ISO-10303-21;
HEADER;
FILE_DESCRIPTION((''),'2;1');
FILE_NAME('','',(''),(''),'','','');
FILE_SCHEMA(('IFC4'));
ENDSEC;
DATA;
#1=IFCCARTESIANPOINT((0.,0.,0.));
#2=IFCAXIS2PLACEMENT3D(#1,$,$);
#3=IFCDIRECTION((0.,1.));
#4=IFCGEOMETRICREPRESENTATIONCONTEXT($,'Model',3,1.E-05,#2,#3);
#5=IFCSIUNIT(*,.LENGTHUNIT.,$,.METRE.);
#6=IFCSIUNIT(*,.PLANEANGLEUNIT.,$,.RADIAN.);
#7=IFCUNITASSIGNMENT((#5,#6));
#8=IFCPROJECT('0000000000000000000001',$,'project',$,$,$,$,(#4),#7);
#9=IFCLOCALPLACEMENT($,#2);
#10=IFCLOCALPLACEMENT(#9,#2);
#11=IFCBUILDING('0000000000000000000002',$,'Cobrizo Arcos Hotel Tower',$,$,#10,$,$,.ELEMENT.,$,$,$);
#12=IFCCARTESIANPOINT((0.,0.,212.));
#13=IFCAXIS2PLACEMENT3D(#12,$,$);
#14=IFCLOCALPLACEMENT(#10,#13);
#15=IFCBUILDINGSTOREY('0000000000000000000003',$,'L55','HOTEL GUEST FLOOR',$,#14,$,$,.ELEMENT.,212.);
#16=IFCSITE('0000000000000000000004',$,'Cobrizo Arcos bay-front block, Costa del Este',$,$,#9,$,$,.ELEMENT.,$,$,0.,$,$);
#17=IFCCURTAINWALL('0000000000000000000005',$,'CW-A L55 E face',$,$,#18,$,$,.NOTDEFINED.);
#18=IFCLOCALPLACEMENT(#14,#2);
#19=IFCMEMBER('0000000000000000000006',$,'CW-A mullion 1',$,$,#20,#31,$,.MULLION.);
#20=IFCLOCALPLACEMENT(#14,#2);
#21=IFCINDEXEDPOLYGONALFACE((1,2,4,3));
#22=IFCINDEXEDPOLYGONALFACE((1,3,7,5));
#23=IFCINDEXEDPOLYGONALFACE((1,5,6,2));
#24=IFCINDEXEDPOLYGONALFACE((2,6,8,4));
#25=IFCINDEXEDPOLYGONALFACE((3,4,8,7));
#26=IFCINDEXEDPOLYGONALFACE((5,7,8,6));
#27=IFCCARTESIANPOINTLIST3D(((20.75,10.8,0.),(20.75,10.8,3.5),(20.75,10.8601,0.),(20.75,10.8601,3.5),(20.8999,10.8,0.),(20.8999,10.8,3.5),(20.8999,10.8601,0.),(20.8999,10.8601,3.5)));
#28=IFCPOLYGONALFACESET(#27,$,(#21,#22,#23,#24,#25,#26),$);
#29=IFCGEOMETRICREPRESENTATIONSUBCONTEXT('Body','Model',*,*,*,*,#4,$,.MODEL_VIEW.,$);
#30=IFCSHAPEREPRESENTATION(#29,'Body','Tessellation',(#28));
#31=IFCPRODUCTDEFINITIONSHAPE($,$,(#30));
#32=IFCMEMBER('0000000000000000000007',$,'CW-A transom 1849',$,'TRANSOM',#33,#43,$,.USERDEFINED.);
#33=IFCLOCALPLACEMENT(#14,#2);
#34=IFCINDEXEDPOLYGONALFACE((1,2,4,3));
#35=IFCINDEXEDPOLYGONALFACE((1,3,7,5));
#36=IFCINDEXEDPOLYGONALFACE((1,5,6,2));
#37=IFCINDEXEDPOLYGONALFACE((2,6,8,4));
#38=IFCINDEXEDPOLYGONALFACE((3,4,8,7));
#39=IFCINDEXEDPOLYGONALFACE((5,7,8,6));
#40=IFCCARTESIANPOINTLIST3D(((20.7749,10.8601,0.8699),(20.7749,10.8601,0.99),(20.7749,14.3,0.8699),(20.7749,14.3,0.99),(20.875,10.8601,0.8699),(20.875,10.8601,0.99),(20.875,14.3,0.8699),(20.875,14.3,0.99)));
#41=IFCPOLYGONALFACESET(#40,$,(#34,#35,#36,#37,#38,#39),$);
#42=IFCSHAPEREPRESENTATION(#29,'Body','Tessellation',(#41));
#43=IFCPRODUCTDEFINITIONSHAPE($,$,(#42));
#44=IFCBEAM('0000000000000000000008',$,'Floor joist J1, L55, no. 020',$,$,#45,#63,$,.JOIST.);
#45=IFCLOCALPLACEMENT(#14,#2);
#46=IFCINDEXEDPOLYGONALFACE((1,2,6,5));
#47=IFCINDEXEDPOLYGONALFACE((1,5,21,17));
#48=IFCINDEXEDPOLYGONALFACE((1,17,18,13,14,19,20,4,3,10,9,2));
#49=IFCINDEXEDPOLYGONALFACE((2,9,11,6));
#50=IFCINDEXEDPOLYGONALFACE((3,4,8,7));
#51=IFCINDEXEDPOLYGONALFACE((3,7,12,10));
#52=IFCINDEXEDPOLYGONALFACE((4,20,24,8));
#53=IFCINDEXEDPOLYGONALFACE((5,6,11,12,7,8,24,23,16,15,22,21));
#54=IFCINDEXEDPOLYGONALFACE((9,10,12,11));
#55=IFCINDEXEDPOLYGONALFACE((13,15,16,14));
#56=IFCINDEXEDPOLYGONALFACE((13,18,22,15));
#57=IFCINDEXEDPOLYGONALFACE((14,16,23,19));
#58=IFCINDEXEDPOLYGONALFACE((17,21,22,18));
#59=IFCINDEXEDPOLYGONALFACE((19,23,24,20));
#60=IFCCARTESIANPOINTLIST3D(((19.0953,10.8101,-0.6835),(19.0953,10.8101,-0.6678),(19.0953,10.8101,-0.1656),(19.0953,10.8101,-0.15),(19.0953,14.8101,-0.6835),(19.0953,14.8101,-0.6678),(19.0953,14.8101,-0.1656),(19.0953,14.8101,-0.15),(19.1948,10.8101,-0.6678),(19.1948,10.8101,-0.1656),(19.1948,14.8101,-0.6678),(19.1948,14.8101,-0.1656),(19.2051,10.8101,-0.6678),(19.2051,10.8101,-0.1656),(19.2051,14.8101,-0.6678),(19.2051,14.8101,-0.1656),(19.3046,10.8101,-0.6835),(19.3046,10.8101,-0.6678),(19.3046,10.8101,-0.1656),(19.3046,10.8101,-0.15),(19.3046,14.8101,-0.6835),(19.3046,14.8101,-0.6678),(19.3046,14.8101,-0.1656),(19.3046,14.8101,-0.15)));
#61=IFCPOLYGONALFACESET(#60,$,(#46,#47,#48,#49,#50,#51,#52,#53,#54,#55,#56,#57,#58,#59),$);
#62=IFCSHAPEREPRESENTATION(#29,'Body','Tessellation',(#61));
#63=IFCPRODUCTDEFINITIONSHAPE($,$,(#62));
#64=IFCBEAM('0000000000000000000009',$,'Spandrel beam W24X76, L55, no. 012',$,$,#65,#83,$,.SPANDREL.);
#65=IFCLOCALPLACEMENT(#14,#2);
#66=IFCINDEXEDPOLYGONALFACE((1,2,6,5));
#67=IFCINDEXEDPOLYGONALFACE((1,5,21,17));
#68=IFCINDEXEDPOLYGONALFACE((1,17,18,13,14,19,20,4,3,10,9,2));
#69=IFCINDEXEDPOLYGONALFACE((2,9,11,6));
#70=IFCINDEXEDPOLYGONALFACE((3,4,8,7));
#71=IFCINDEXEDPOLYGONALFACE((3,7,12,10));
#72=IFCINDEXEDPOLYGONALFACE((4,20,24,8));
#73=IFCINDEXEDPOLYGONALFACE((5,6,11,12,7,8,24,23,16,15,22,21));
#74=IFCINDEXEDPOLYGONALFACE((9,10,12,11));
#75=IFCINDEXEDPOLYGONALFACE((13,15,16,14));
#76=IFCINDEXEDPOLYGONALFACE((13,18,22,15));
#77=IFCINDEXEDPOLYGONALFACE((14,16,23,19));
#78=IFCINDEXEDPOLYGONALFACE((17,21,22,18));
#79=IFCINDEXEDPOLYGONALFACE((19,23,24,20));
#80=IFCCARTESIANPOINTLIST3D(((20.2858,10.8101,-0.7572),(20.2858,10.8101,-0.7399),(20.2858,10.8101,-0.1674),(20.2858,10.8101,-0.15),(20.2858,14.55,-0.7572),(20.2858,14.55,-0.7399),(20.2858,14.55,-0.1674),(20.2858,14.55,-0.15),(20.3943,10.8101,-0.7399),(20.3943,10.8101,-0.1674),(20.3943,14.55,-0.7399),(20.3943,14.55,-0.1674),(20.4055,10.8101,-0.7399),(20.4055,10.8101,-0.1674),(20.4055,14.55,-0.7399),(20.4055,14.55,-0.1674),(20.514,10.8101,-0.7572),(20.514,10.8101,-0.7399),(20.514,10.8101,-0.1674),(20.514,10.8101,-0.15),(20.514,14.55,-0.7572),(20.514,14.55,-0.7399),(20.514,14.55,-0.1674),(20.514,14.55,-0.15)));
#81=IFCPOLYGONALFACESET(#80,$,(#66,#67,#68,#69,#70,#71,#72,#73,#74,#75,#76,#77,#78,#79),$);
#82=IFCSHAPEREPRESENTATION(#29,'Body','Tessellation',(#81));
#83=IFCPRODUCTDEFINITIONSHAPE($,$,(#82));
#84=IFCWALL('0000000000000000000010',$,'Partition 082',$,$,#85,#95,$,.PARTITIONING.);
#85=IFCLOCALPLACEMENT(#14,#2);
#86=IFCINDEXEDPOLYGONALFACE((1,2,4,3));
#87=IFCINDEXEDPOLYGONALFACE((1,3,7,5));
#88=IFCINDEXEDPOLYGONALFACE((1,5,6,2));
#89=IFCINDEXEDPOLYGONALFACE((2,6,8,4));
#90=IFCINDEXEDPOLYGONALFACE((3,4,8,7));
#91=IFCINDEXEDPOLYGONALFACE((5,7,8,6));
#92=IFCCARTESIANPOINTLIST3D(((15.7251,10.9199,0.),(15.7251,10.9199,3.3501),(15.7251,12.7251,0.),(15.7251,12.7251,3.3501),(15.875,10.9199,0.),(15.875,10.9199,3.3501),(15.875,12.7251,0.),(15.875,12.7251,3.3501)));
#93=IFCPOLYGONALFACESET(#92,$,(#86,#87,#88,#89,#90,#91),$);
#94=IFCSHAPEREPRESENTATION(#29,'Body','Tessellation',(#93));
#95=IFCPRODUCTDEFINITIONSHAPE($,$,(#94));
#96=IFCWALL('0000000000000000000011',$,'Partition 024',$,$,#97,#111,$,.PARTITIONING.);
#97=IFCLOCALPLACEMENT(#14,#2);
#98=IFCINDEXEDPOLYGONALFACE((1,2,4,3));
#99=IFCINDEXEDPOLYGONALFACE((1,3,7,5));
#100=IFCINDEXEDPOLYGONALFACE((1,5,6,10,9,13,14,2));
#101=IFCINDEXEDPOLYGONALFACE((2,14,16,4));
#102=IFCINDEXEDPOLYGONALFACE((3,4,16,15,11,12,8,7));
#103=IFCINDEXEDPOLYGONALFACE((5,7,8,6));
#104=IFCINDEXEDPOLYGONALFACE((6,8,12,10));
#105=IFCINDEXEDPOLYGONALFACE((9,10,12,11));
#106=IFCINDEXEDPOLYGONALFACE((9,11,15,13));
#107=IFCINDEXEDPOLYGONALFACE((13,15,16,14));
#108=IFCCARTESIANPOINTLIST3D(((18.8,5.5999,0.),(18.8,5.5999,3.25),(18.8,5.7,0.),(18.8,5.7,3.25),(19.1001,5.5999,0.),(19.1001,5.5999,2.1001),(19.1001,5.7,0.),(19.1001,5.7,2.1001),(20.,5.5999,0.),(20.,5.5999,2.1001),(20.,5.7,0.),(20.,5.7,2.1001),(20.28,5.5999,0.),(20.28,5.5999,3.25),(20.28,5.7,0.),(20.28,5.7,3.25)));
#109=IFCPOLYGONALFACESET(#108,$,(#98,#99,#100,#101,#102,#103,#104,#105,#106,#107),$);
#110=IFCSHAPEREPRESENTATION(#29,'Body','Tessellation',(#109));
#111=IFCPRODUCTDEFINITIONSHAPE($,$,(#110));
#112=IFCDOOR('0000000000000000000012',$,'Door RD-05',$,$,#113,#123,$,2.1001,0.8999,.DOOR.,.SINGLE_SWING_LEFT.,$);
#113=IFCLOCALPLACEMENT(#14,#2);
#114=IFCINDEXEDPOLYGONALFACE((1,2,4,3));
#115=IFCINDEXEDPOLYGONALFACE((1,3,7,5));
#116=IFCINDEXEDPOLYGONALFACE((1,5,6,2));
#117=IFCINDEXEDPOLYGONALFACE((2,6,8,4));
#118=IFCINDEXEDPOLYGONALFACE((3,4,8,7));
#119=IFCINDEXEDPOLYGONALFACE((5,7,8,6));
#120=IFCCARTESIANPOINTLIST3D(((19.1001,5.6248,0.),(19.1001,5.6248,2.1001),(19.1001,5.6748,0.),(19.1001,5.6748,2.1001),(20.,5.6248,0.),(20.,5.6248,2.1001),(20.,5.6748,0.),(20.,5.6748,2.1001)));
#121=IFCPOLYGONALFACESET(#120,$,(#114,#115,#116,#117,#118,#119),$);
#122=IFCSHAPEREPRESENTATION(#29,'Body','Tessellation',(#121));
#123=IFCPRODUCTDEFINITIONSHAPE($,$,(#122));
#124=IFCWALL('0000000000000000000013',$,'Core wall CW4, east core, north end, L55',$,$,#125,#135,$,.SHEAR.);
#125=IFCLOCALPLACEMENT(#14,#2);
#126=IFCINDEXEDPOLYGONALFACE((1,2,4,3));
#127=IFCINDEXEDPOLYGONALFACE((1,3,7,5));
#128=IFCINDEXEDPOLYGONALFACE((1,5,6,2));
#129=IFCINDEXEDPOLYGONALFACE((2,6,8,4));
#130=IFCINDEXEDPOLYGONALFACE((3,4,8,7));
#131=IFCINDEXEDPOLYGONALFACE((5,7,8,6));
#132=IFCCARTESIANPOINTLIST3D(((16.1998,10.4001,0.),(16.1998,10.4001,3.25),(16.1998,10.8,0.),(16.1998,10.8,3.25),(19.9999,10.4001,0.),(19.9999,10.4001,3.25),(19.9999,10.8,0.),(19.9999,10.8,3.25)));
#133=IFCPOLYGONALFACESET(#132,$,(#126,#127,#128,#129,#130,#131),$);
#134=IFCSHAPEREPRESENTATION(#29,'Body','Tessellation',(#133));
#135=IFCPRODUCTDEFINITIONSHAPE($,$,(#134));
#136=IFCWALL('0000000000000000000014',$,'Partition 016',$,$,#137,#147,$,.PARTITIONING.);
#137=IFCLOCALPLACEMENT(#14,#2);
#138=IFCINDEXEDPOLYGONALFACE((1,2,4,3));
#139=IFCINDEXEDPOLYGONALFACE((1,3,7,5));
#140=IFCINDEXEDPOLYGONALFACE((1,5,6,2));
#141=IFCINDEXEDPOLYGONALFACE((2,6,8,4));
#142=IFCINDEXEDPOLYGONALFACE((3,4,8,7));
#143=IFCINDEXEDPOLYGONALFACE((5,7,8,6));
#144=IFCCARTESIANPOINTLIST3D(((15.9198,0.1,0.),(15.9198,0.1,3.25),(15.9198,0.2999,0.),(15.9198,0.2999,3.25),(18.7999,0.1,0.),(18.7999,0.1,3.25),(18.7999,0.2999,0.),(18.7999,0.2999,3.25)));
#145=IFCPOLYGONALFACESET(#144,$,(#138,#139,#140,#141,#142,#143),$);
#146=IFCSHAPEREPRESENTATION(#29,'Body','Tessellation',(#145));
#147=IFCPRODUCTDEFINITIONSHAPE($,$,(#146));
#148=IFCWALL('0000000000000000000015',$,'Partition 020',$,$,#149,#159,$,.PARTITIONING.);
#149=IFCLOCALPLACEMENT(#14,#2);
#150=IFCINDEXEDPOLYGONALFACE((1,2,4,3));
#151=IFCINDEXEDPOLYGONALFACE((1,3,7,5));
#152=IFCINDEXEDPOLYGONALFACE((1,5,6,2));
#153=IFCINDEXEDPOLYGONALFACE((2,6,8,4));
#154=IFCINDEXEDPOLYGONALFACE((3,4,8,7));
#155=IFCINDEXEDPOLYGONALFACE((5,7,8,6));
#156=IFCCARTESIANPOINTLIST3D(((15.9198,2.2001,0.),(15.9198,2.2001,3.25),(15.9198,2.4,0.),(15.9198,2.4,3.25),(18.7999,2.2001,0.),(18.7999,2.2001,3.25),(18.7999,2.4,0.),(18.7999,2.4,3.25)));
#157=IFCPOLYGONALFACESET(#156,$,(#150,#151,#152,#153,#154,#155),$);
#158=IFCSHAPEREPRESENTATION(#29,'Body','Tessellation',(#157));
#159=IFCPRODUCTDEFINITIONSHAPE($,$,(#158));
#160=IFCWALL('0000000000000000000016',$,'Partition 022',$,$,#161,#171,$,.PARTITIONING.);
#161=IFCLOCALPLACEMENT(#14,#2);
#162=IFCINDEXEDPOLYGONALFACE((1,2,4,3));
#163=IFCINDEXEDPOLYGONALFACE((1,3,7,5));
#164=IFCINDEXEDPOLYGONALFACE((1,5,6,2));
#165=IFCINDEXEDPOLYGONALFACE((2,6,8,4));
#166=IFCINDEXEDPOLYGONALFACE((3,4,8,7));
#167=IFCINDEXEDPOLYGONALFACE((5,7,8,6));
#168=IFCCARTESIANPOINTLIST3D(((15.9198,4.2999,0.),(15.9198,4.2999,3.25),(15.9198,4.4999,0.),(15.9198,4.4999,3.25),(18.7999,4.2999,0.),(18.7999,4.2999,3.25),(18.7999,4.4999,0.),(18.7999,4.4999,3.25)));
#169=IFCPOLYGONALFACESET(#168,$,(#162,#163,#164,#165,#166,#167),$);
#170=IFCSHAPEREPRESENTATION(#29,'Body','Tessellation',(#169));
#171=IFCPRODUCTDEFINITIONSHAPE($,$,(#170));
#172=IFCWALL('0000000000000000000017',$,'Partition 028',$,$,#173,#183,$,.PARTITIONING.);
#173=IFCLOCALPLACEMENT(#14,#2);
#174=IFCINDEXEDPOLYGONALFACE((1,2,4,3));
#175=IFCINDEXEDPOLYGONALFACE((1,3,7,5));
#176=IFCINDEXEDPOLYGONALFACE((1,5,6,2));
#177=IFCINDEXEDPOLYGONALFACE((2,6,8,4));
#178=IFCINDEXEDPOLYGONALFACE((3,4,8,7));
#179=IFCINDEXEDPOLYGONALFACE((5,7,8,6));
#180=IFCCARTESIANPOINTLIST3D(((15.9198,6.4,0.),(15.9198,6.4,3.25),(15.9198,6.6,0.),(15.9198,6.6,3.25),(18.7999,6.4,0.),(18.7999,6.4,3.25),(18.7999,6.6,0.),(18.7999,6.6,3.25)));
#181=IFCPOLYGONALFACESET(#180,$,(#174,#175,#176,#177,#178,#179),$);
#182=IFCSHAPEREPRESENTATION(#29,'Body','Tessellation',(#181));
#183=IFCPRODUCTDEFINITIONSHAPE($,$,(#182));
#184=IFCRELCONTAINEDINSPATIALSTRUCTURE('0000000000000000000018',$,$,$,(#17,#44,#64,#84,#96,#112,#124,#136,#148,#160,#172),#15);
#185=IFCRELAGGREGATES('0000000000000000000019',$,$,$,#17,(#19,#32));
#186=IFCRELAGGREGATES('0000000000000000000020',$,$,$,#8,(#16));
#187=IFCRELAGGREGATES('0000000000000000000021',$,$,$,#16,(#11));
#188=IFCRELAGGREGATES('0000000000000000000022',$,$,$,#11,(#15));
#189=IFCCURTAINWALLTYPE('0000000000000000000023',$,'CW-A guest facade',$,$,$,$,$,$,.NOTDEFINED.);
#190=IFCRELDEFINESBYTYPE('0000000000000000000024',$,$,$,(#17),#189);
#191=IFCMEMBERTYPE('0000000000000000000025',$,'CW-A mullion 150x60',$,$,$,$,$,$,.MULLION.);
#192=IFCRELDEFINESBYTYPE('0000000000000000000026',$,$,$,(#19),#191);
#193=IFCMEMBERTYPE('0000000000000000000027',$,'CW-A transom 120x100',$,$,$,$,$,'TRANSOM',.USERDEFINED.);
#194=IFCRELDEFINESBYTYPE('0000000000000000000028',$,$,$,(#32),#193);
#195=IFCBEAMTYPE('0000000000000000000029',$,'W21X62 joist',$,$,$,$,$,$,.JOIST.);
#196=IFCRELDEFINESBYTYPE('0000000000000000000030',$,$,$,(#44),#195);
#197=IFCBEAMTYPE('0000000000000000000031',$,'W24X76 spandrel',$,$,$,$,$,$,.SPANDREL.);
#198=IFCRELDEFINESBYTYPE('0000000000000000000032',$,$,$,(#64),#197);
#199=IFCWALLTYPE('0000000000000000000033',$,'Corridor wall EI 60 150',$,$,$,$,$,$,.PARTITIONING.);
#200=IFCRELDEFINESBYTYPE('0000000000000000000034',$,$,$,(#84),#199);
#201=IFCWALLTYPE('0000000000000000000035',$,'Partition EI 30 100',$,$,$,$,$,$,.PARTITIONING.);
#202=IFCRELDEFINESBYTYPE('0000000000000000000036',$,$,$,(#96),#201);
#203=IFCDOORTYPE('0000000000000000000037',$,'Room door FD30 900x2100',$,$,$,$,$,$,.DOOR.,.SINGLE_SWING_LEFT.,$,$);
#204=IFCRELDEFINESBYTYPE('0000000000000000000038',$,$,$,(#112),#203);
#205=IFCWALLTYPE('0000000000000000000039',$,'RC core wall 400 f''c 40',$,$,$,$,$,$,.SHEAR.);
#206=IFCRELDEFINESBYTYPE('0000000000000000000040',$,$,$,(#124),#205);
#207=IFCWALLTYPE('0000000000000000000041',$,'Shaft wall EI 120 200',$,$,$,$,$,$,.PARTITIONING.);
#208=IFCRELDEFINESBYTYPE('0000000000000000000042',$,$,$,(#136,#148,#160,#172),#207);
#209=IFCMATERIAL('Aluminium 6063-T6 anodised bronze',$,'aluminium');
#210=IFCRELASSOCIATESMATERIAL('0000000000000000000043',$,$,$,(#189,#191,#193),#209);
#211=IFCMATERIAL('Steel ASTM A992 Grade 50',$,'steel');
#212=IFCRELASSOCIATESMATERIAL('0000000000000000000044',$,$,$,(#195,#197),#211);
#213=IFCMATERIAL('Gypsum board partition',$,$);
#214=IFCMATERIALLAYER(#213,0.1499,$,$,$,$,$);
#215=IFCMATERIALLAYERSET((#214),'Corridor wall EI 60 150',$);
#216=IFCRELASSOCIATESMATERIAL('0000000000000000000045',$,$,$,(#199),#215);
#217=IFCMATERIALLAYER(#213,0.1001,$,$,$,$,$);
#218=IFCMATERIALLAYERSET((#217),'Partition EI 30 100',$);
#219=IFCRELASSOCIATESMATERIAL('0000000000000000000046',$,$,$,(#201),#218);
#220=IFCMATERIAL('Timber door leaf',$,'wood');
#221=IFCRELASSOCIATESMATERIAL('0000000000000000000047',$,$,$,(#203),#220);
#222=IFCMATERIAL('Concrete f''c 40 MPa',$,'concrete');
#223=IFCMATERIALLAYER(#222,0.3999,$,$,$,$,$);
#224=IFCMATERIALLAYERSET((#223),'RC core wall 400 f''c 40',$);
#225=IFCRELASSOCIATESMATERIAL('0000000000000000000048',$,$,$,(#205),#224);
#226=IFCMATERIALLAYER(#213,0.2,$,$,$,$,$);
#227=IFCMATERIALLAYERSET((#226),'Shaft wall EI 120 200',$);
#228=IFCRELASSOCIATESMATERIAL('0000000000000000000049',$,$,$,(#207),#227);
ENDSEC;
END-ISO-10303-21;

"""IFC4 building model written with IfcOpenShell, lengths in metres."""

from ifc_helpers import new_model, si_unit, direction, frame, frame_2d, origin, origin_2d, place, context, subcontext, project, spatial, rectangle, i_section, extrude, material, layer, layer_set, material_profile, profile_set, type_object, element, fill, aggregate, save


model = new_model("IFC4")

# Units and contexts
model_context = context("Model", 3, precision=1e-05, world=origin(), true_north=direction((0.0, 1.0)))
body_context = subcontext(model_context, "Body", "Model", "MODEL_VIEW")
ifc_project = project(units=[si_unit("LENGTHUNIT", "METRE"), si_unit("PLANEANGLEUNIT", "RADIAN")], contexts=[model_context])

# Site, building, storey
site_placement = place(None, origin())
site = spatial("IfcSite", under=ifc_project, at=site_placement, Name="Cobrizo Arcos bay-front block, Costa del Este", CompositionType="ELEMENT", RefElevation=0.0)
building_placement = place(site_placement, origin())
building = spatial("IfcBuilding", under=site, at=building_placement, Name="Cobrizo Arcos Hotel Tower", CompositionType="ELEMENT")
storey_placement = place(building_placement, frame((0.0, 0.0, 212.0)))
storey = spatial("IfcBuildingStorey", under=building, at=storey_placement, Name="L55", Description="HOTEL GUEST FLOOR", CompositionType="ELEMENT", Elevation=212.0)

# Curtain wall, members
ifc_material_1 = material(Name="Aluminium 6063-T6 anodised bronze", Category="aluminium")
curtain_wall_type = type_object("IfcCurtainWallType", Name="CW-A guest facade", PredefinedType="NOTDEFINED", material=ifc_material_1)
curtain_wall_placement = place(storey_placement, origin())
curtain_wall = element("IfcCurtainWall", 1, at=curtain_wall_placement, inside=storey, type_object=curtain_wall_type, Name="CW-A L55 E face", PredefinedType="NOTDEFINED")
ifc_material_profile_1 = material_profile(ifc_material_1, rectangle(XDim=0.1499, YDim=0.0601, at=origin_2d()), Name="CW-A mullion 150x60")
ifc_profile_set_1 = profile_set([ifc_material_profile_1], Name="Aluminium 6063-T6 anodised bronze")
member_type_1 = type_object("IfcMemberType", Name="CW-A mullion 150x60", PredefinedType="MULLION", material=ifc_profile_set_1)
member_1_placement = place(storey_placement, frame((20.825, 10.8301, 0.0), z_axis=(0.0, 0.0, 1.0), x_axis=(1.0, 0.0, 0.0)))
member_1 = element("IfcMember", 2, at=member_1_placement, type_object=member_type_1, Name="CW-A mullion 1", PredefinedType="MULLION", context=body_context, shape_type="SweptSolid", body=[
    extrude(rectangle(XDim=0.1499, YDim=0.0601, at=origin_2d()), origin(), (0.0, 0.0, 1.0), 3.5),
])
ifc_material_profile_2 = material_profile(ifc_material_1, rectangle(XDim=0.1001, YDim=0.1201, at=origin_2d()), Name="CW-A transom 120x100")
ifc_profile_set_2 = profile_set([ifc_material_profile_2], Name="Aluminium 6063-T6 anodised bronze")
member_type_2 = type_object("IfcMemberType", Name="CW-A transom 120x100", ElementType="TRANSOM", PredefinedType="USERDEFINED", material=ifc_profile_set_2)
member_2_placement = place(storey_placement, frame((20.825, 10.8601, 0.9299), z_axis=(0.0, 1.0, 0.0), x_axis=(-1.0, 0.0, 0.0)))
member_2 = element("IfcMember", 3, at=member_2_placement, type_object=member_type_2, Name="CW-A transom 1849", ObjectType="TRANSOM", PredefinedType="USERDEFINED", context=body_context, shape_type="SweptSolid", body=[
    extrude(rectangle(XDim=0.1001, YDim=0.1201, at=origin_2d()), origin(), (0.0, 0.0, 1.0), 3.4399),
])
aggregate(curtain_wall, [member_1, member_2])

# Beams
ifc_material_2 = material(Name="Steel ASTM A992 Grade 50", Category="steel")
ifc_material_profile_3 = material_profile(ifc_material_2, i_section(OverallWidth=0.2092, OverallDepth=0.5334, WebThickness=0.0103, FlangeThickness=0.0156, at=origin_2d()), Name="W21X62")
ifc_profile_set_3 = profile_set([ifc_material_profile_3], Name="Steel ASTM A992 Grade 50")
beam_type_1 = type_object("IfcBeamType", Name="W21X62 joist", PredefinedType="JOIST", material=ifc_profile_set_3)
beam_1_placement = place(storey_placement, frame((19.2, 10.8101, -0.4167), z_axis=(0.0, 1.0, 0.0), x_axis=(-1.0, 0.0, 0.0)))
element("IfcBeam", 4, at=beam_1_placement, inside=storey, type_object=beam_type_1, Name="Floor joist J1, L55, no. 020", PredefinedType="JOIST", context=body_context, shape_type="SweptSolid", body=[
    extrude(i_section(OverallWidth=0.2092, OverallDepth=0.5334, WebThickness=0.0103, FlangeThickness=0.0156, at=origin_2d()), origin(), (0.0, 0.0, 1.0), 4.0),
])
ifc_material_profile_4 = material_profile(ifc_material_2, i_section(OverallWidth=0.2283, OverallDepth=0.6072, WebThickness=0.0112, FlangeThickness=0.0173, at=origin_2d()), Name="W24X76")
ifc_profile_set_4 = profile_set([ifc_material_profile_4], Name="Steel ASTM A992 Grade 50")
beam_type_2 = type_object("IfcBeamType", Name="W24X76 spandrel", PredefinedType="SPANDREL", material=ifc_profile_set_4)
beam_2_placement = place(storey_placement, frame((20.3999, 10.8101, -0.4536), z_axis=(0.0, 1.0, 0.0), x_axis=(-1.0, 0.0, 0.0)))
element("IfcBeam", 5, at=beam_2_placement, inside=storey, type_object=beam_type_2, Name="Spandrel beam W24X76, L55, no. 012", PredefinedType="SPANDREL", context=body_context, shape_type="SweptSolid", body=[
    extrude(i_section(OverallWidth=0.2283, OverallDepth=0.6072, WebThickness=0.0112, FlangeThickness=0.0173, at=origin_2d()), origin(), (0.0, 0.0, 1.0), 3.74),
])

# Wall
ifc_material_3 = material(Name="Gypsum board partition")
ifc_layer_1 = layer(ifc_material_3, 0.1499)
ifc_layer_set_1 = layer_set([ifc_layer_1], Name="Corridor wall EI 60 150")
wall_type_1 = type_object("IfcWallType", Name="Corridor wall EI 60 150", PredefinedType="PARTITIONING", material=ifc_layer_set_1)
wall_1_placement = place(storey_placement, frame((15.8, 10.9199, 0.0), z_axis=(0.0, 0.0, 1.0), x_axis=(0.0, 1.0, 0.0)))
element("IfcWall", 6, at=wall_1_placement, inside=storey, type_object=wall_type_1, Name="Partition 082", PredefinedType="PARTITIONING", context=body_context, shape_type="SweptSolid", body=[
    extrude(rectangle(XDim=1.8052, YDim=0.1499, at=frame_2d((0.9026, 0.0))), origin(), (0.0, 0.0, 1.0), 3.3501),
])

# Wall, opening, door
ifc_layer_2 = layer(ifc_material_3, 0.1001)
ifc_layer_set_2 = layer_set([ifc_layer_2], Name="Partition EI 30 100")
wall_type_2 = type_object("IfcWallType", Name="Partition EI 30 100", PredefinedType="PARTITIONING", material=ifc_layer_set_2)
wall_2_placement = place(storey_placement, frame((18.8, 5.6499, 0.0), z_axis=(0.0, 0.0, 1.0), x_axis=(1.0, 0.0, 0.0)))
wall_2 = element("IfcWall", 7, at=wall_2_placement, inside=storey, type_object=wall_type_2, Name="Partition 024", PredefinedType="PARTITIONING", context=body_context, shape_type="SweptSolid", body=[
    extrude(rectangle(XDim=1.48, YDim=0.1001, at=frame_2d((0.74, 0.0))), origin(), (0.0, 0.0, 1.0), 3.25),
])
opening_placement = place(wall_2_placement, frame((0.3, 0.0, 0.0)))
opening = element("IfcOpeningElement", 8, at=opening_placement, cuts=wall_2, PredefinedType="OPENING", context=body_context, shape_type="SweptSolid", body=[
    extrude(rectangle(XDim=0.8999, YDim=2.1001, at=frame_2d((0.45, 1.05))), frame((0.0, 0.062, 0.0), z_axis=(0.0, -1.0, 0.0), x_axis=(1.0, 0.0, 0.0)), (0.0, 0.0, 1.0), 0.124),
])
ifc_material_4 = material(Name="Timber door leaf", Category="wood")
door_type = type_object("IfcDoorType", Name="Room door FD30 900x2100", OperationType="SINGLE_SWING_LEFT", PredefinedType="DOOR", material=ifc_material_4)
door_placement = place(opening_placement, origin())
door = element("IfcDoor", 9, at=door_placement, inside=storey, type_object=door_type, Name="Door RD-05", OperationType="SINGLE_SWING_LEFT", OverallHeight=2.1001, OverallWidth=0.8999, PredefinedType="DOOR", context=body_context, shape_type="SweptSolid", body=[
    extrude(rectangle(XDim=0.8999, YDim=2.1001, at=frame_2d((0.45, 1.05))), frame((0.0, 0.0249, 0.0), z_axis=(0.0, -1.0, 0.0), x_axis=(1.0, 0.0, 0.0)), (0.0, 0.0, 1.0), 0.05),
])
fill(opening, door)

# Walls
ifc_material_5 = material(Name="Concrete f'c 40 MPa", Category="concrete")
ifc_layer_3 = layer(ifc_material_5, 0.3999)
ifc_layer_set_3 = layer_set([ifc_layer_3], Name="RC core wall 400 f'c 40")
wall_type_3 = type_object("IfcWallType", Name="RC core wall 400 f'c 40", PredefinedType="SHEAR", material=ifc_layer_set_3)
wall_3_placement = place(storey_placement, frame((16.2, 10.6001, 0.0), z_axis=(0.0, 0.0, 1.0), x_axis=(1.0, 0.0, 0.0)))
element("IfcWall", 10, at=wall_3_placement, inside=storey, type_object=wall_type_3, Name="Core wall CW4, east core, north end, L55", PredefinedType="SHEAR", context=body_context, shape_type="SweptSolid", body=[
    extrude(rectangle(XDim=3.8, YDim=0.3999, at=frame_2d((1.8999, 0.0))), origin(), (0.0, 0.0, 1.0), 3.25),
])
ifc_layer_4 = layer(ifc_material_3, 0.2)
ifc_layer_set_4 = layer_set([ifc_layer_4], Name="Shaft wall EI 120 200")
wall_type_4 = type_object("IfcWallType", Name="Shaft wall EI 120 200", PredefinedType="PARTITIONING", material=ifc_layer_set_4)
for number, where, z_axis, x_axis, name in (
    (11, (15.9199, 0.2, 0.0), (0.0, 0.0, 1.0), (1.0, 0.0, 0.0), "Partition 016"),
    (12, (15.9199, 2.3, 0.0), (0.0, 0.0, 1.0), (1.0, 0.0, 0.0), "Partition 020"),
    (13, (15.9199, 4.3999, 0.0), (0.0, 0.0, 1.0), (1.0, 0.0, 0.0), "Partition 022"),
    (14, (15.9199, 6.5, 0.0), (0.0, 0.0, 1.0), (1.0, 0.0, 0.0), "Partition 028"),
):
    element("IfcWall", number, at=place(storey_placement, frame(where, z_axis=z_axis, x_axis=x_axis)), inside=storey, type_object=wall_type_4, Name=name, PredefinedType="PARTITIONING", context=body_context, shape_type="SweptSolid", body=[
        extrude(rectangle(XDim=2.8801, YDim=0.2, at=frame_2d((1.4399, 0.0))), origin(), (0.0, 0.0, 1.0), 3.25),
    ])

save(model, "model.ifc")
